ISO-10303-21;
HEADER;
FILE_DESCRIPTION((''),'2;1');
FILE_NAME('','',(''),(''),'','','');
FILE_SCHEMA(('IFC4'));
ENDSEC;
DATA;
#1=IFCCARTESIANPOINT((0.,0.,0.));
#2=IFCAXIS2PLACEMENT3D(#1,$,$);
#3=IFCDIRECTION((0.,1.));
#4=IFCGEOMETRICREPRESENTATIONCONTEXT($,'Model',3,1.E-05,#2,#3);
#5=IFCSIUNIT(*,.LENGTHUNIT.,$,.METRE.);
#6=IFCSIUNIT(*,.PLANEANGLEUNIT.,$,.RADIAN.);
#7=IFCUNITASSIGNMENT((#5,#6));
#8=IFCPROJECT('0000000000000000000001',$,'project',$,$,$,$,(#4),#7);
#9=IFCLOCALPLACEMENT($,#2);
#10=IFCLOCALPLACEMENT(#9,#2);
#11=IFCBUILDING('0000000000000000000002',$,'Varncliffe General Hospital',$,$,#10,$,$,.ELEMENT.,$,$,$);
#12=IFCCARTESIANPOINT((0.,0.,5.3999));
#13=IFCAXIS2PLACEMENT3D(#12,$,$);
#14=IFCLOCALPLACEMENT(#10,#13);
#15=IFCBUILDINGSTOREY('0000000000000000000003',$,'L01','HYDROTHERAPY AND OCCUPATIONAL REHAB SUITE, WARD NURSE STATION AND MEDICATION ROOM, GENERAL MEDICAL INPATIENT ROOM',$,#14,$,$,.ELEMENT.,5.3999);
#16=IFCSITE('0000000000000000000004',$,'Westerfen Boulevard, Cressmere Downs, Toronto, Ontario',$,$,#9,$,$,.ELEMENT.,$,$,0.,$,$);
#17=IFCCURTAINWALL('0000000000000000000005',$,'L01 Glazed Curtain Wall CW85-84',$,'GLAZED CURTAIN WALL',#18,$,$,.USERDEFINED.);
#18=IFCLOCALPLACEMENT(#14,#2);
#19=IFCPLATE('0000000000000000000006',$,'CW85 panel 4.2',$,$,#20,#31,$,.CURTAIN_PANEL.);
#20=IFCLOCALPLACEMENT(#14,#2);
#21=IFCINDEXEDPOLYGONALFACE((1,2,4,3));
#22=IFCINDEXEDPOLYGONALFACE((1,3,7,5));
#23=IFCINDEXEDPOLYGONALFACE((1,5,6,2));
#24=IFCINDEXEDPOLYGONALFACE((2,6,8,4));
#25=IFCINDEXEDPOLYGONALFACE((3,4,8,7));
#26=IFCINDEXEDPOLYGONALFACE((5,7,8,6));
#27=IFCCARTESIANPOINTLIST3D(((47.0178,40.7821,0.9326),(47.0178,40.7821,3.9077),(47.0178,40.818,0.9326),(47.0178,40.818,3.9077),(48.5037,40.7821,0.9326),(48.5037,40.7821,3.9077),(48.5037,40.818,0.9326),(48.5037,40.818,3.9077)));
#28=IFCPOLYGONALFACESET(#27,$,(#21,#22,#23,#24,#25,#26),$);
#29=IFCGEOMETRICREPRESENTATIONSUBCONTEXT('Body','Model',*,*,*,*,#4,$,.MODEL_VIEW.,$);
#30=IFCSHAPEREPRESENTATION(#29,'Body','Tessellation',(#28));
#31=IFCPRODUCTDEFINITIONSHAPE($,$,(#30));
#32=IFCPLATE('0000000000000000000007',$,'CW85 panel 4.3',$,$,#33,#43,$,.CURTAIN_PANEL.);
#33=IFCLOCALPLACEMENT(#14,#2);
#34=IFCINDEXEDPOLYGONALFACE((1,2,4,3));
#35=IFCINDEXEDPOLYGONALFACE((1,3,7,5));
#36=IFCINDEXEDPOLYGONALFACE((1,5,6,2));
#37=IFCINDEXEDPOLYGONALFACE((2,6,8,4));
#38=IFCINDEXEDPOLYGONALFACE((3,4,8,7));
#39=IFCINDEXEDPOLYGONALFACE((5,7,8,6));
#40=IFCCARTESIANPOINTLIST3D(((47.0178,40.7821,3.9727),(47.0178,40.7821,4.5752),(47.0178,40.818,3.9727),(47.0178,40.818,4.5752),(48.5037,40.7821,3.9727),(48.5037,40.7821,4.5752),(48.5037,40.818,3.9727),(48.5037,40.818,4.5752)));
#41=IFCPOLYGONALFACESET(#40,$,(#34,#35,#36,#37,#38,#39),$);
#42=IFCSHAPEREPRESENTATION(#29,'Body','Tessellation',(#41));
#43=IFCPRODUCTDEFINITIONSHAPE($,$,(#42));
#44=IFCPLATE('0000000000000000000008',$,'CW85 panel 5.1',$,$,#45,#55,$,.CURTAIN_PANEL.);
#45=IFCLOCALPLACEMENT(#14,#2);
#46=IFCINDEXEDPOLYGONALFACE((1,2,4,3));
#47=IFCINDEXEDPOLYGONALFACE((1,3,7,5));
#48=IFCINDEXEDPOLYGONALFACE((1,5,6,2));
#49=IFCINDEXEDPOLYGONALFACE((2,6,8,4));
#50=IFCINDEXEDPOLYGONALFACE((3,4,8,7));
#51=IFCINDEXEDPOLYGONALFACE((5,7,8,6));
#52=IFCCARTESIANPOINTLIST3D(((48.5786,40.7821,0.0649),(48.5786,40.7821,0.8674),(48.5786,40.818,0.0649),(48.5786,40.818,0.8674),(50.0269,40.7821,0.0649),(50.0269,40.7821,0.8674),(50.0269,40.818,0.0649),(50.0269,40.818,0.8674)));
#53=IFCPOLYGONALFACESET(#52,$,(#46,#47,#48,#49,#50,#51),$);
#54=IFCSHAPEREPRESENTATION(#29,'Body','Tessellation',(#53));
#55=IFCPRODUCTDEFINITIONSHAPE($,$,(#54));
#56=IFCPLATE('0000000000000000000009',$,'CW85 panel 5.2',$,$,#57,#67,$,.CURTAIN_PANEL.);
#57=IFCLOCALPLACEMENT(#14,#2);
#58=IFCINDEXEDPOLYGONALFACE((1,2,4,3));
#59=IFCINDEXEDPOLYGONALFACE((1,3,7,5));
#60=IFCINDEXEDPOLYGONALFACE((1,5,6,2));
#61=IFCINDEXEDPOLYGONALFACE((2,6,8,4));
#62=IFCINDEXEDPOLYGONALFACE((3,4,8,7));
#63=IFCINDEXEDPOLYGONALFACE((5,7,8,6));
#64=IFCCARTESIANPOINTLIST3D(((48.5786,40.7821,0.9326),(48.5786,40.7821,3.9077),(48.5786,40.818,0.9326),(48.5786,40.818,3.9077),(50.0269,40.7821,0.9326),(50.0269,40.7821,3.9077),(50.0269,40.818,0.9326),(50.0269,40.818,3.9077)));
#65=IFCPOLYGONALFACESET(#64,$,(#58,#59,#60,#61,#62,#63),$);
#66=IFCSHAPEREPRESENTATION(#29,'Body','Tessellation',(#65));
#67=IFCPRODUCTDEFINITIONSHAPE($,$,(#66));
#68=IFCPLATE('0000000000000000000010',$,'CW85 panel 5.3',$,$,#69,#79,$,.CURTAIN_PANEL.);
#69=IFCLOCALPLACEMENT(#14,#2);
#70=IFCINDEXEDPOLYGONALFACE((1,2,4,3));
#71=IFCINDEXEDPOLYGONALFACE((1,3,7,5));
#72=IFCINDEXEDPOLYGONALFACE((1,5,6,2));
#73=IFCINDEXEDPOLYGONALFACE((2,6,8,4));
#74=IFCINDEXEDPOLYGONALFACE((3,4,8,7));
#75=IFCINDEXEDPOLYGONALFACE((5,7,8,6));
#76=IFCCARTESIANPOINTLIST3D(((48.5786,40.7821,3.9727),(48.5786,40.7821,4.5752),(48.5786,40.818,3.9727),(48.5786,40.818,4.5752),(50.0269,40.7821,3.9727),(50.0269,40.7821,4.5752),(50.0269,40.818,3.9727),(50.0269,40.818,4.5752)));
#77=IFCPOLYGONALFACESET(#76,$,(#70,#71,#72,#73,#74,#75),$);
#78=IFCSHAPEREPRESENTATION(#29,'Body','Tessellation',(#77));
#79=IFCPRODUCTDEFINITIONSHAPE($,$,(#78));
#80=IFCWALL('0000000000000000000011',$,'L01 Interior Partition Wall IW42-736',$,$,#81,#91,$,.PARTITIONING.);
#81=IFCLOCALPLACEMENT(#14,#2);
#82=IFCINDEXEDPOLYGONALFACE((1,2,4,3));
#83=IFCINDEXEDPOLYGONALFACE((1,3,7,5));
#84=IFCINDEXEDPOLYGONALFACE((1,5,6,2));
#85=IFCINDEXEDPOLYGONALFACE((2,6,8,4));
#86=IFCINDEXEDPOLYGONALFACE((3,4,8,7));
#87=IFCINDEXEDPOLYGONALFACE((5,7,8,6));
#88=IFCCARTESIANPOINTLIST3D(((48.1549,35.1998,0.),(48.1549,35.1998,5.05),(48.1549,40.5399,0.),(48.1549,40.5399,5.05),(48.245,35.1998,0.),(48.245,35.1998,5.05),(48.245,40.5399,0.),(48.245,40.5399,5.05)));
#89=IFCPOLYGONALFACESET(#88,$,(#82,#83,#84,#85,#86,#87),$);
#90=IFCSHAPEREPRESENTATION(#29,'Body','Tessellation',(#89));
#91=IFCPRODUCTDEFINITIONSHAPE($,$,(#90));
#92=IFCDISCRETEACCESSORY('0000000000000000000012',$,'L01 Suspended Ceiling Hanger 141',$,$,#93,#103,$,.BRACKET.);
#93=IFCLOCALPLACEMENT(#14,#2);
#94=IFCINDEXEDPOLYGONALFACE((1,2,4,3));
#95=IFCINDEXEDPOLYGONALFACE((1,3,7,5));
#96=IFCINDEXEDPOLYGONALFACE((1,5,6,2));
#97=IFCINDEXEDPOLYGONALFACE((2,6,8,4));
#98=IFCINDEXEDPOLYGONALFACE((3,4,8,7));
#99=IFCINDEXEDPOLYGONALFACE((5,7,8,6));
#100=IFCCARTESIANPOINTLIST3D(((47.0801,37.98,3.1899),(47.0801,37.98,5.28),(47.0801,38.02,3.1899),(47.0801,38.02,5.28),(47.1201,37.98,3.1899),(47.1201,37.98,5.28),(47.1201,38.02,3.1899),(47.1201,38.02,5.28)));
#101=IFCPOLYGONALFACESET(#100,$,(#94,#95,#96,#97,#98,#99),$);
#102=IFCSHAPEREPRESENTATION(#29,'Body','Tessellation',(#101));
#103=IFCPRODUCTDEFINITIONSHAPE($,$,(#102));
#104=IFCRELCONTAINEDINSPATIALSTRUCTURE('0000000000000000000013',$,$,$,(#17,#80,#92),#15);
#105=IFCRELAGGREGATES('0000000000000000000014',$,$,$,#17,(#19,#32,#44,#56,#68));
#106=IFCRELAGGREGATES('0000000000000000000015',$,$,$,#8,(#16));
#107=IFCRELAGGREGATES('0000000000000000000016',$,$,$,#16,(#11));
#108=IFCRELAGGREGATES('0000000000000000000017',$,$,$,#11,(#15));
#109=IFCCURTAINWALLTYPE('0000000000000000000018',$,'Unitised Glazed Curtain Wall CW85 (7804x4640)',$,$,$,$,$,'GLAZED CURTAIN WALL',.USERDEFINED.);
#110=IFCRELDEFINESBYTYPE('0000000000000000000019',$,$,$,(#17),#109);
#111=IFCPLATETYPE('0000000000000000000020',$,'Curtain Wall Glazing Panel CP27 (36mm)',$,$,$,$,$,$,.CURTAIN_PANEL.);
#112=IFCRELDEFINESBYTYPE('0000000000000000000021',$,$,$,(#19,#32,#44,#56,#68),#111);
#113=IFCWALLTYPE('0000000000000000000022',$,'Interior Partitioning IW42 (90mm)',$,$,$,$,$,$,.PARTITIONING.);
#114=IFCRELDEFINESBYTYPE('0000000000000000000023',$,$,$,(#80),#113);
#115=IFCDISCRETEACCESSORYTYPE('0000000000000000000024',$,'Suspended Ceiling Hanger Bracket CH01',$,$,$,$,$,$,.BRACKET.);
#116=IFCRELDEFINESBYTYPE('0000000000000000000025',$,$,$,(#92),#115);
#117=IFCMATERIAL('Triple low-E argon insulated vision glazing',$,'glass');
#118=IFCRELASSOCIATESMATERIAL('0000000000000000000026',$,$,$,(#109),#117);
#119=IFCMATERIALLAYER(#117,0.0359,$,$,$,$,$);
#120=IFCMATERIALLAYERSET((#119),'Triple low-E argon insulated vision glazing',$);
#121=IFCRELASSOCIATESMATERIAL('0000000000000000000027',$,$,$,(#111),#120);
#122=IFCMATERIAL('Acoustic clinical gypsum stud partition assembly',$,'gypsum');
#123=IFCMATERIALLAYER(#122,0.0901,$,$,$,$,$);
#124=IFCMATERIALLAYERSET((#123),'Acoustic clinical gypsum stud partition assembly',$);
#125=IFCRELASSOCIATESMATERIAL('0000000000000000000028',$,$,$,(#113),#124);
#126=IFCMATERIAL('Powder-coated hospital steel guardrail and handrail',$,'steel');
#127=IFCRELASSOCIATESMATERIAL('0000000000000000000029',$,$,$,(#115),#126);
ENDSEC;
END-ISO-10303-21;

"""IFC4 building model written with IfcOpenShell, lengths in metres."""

from ifc_helpers import new_model, si_unit, direction, frame, frame_2d, origin, origin_2d, place, context, subcontext, project, spatial, rectangle, extrude, material, layer, layer_set, type_object, element, aggregate, save


model = new_model("IFC4")

# Units and contexts
model_context = context("Model", 3, precision=1e-05, world=origin(), true_north=direction((0.0, 1.0)))
body_context = subcontext(model_context, "Body", "Model", "MODEL_VIEW")
ifc_project = project(units=[si_unit("LENGTHUNIT", "METRE"), si_unit("PLANEANGLEUNIT", "RADIAN")], contexts=[model_context])

# Site, building, storey
site_placement = place(None, origin())
site = spatial("IfcSite", under=ifc_project, at=site_placement, Name="Westerfen Boulevard, Cressmere Downs, Toronto, Ontario", CompositionType="ELEMENT", RefElevation=0.0)
building_placement = place(site_placement, origin())
building = spatial("IfcBuilding", under=site, at=building_placement, Name="Varncliffe General Hospital", CompositionType="ELEMENT")
storey_placement = place(building_placement, frame((0.0, 0.0, 5.3999)))
storey = spatial("IfcBuildingStorey", under=building, at=storey_placement, Name="L01", Description="HYDROTHERAPY AND OCCUPATIONAL REHAB SUITE, WARD NURSE STATION AND MEDICATION ROOM, GENERAL MEDICAL INPATIENT ROOM", CompositionType="ELEMENT", Elevation=5.3999)

# Shared definitions
ifc_material_1 = material(Name="Triple low-E argon insulated vision glazing", Category="glass")

# Curtain wall
curtain_wall_type_1 = type_object("IfcCurtainWallType", Name="Unitised Glazed Curtain Wall CW85 (7804x4640)", ElementType="GLAZED CURTAIN WALL", PredefinedType="USERDEFINED", material=ifc_material_1)
curtain_wall_1_placement = place(storey_placement, origin())
curtain_wall_1 = element("IfcCurtainWall", 1, at=curtain_wall_1_placement, inside=storey, type_object=curtain_wall_type_1, Name="L01 Glazed Curtain Wall CW85-84", ObjectType="GLAZED CURTAIN WALL", PredefinedType="USERDEFINED")

# Plates
ifc_layer_1 = layer(ifc_material_1, 0.0359)
ifc_layer_set_1 = layer_set([ifc_layer_1], Name="Triple low-E argon insulated vision glazing")
plate_type = type_object("IfcPlateType", Name="Curtain Wall Glazing Panel CP27 (36mm)", PredefinedType="CURTAIN_PANEL", material=ifc_layer_set_1)
plate_1_placement = place(storey_placement, frame((47.7607, 40.8, 0.9326), z_axis=(0.0, 0.0, 1.0), x_axis=(1.0, 0.0, 0.0)))
plate_1 = element("IfcPlate", 2, at=plate_1_placement, type_object=plate_type, Name="CW85 panel 4.2", PredefinedType="CURTAIN_PANEL", context=body_context, shape_type="SweptSolid", body=[
    extrude(rectangle(XDim=1.4858, YDim=0.0359, at=origin_2d()), origin(), (0.0, 0.0, 1.0), 2.9751),
])
plate_2_placement = place(storey_placement, frame((47.7607, 40.8, 3.9727), z_axis=(0.0, 0.0, 1.0), x_axis=(1.0, 0.0, 0.0)))
plate_2 = element("IfcPlate", 3, at=plate_2_placement, type_object=plate_type, Name="CW85 panel 4.3", PredefinedType="CURTAIN_PANEL", context=body_context, shape_type="SweptSolid", body=[
    extrude(rectangle(XDim=1.4858, YDim=0.0359, at=origin_2d()), origin(), (0.0, 0.0, 1.0), 0.6025),
])
plate_3_placement = place(storey_placement, frame((49.3027, 40.8, 0.0649), z_axis=(0.0, 0.0, 1.0), x_axis=(1.0, 0.0, 0.0)))
plate_3 = element("IfcPlate", 4, at=plate_3_placement, type_object=plate_type, Name="CW85 panel 5.1", PredefinedType="CURTAIN_PANEL", context=body_context, shape_type="SweptSolid", body=[
    extrude(rectangle(XDim=1.4482, YDim=0.0359, at=origin_2d()), origin(), (0.0, 0.0, 1.0), 0.8025),
])
plate_4_placement = place(storey_placement, frame((49.3027, 40.8, 0.9326), z_axis=(0.0, 0.0, 1.0), x_axis=(1.0, 0.0, 0.0)))
plate_4 = element("IfcPlate", 5, at=plate_4_placement, type_object=plate_type, Name="CW85 panel 5.2", PredefinedType="CURTAIN_PANEL", context=body_context, shape_type="SweptSolid", body=[
    extrude(rectangle(XDim=1.4482, YDim=0.0359, at=origin_2d()), origin(), (0.0, 0.0, 1.0), 2.9751),
])
plate_5_placement = place(storey_placement, frame((49.3027, 40.8, 3.9727), z_axis=(0.0, 0.0, 1.0), x_axis=(1.0, 0.0, 0.0)))
plate_5 = element("IfcPlate", 6, at=plate_5_placement, type_object=plate_type, Name="CW85 panel 5.3", PredefinedType="CURTAIN_PANEL", context=body_context, shape_type="SweptSolid", body=[
    extrude(rectangle(XDim=1.4482, YDim=0.0359, at=origin_2d()), origin(), (0.0, 0.0, 1.0), 0.6025),
])
aggregate(curtain_wall_1, [plate_1, plate_2, plate_3, plate_4, plate_5])

# Wall
ifc_material_2 = material(Name="Acoustic clinical gypsum stud partition assembly", Category="gypsum")
ifc_layer_2 = layer(ifc_material_2, 0.0901)
ifc_layer_set_2 = layer_set([ifc_layer_2], Name="Acoustic clinical gypsum stud partition assembly")
wall_type = type_object("IfcWallType", Name="Interior Partitioning IW42 (90mm)", PredefinedType="PARTITIONING", material=ifc_layer_set_2)
wall_placement = place(storey_placement, frame((48.2, 35.2, 0.0), z_axis=(0.0, 0.0, 1.0), x_axis=(0.0, 1.0, 0.0)))
element("IfcWall", 7, at=wall_placement, inside=storey, type_object=wall_type, Name="L01 Interior Partition Wall IW42-736", PredefinedType="PARTITIONING", context=body_context, shape_type="SweptSolid", body=[
    extrude(rectangle(XDim=5.3401, YDim=0.0901, at=frame_2d((2.6699, 0.0))), origin(), (0.0, 0.0, 1.0), 5.05),
])

# Discrete accessory
ifc_material_3 = material(Name="Powder-coated hospital steel guardrail and handrail", Category="steel")
discrete_accessory_type = type_object("IfcDiscreteAccessoryType", Name="Suspended Ceiling Hanger Bracket CH01", PredefinedType="BRACKET", material=ifc_material_3)
discrete_accessory_placement = place(storey_placement, frame((47.1001, 38.0, 3.1899), z_axis=(0.0, 0.0, 1.0), x_axis=(1.0, 0.0, 0.0)))
element("IfcDiscreteAccessory", 8, at=discrete_accessory_placement, inside=storey, type_object=discrete_accessory_type, Name="L01 Suspended Ceiling Hanger 141", PredefinedType="BRACKET", context=body_context, shape_type="SweptSolid", body=[
    extrude(rectangle(XDim=0.04, YDim=0.04, at=origin_2d()), origin(), (0.0, 0.0, 1.0), 2.0901),
])

save(model, "model.ifc")
